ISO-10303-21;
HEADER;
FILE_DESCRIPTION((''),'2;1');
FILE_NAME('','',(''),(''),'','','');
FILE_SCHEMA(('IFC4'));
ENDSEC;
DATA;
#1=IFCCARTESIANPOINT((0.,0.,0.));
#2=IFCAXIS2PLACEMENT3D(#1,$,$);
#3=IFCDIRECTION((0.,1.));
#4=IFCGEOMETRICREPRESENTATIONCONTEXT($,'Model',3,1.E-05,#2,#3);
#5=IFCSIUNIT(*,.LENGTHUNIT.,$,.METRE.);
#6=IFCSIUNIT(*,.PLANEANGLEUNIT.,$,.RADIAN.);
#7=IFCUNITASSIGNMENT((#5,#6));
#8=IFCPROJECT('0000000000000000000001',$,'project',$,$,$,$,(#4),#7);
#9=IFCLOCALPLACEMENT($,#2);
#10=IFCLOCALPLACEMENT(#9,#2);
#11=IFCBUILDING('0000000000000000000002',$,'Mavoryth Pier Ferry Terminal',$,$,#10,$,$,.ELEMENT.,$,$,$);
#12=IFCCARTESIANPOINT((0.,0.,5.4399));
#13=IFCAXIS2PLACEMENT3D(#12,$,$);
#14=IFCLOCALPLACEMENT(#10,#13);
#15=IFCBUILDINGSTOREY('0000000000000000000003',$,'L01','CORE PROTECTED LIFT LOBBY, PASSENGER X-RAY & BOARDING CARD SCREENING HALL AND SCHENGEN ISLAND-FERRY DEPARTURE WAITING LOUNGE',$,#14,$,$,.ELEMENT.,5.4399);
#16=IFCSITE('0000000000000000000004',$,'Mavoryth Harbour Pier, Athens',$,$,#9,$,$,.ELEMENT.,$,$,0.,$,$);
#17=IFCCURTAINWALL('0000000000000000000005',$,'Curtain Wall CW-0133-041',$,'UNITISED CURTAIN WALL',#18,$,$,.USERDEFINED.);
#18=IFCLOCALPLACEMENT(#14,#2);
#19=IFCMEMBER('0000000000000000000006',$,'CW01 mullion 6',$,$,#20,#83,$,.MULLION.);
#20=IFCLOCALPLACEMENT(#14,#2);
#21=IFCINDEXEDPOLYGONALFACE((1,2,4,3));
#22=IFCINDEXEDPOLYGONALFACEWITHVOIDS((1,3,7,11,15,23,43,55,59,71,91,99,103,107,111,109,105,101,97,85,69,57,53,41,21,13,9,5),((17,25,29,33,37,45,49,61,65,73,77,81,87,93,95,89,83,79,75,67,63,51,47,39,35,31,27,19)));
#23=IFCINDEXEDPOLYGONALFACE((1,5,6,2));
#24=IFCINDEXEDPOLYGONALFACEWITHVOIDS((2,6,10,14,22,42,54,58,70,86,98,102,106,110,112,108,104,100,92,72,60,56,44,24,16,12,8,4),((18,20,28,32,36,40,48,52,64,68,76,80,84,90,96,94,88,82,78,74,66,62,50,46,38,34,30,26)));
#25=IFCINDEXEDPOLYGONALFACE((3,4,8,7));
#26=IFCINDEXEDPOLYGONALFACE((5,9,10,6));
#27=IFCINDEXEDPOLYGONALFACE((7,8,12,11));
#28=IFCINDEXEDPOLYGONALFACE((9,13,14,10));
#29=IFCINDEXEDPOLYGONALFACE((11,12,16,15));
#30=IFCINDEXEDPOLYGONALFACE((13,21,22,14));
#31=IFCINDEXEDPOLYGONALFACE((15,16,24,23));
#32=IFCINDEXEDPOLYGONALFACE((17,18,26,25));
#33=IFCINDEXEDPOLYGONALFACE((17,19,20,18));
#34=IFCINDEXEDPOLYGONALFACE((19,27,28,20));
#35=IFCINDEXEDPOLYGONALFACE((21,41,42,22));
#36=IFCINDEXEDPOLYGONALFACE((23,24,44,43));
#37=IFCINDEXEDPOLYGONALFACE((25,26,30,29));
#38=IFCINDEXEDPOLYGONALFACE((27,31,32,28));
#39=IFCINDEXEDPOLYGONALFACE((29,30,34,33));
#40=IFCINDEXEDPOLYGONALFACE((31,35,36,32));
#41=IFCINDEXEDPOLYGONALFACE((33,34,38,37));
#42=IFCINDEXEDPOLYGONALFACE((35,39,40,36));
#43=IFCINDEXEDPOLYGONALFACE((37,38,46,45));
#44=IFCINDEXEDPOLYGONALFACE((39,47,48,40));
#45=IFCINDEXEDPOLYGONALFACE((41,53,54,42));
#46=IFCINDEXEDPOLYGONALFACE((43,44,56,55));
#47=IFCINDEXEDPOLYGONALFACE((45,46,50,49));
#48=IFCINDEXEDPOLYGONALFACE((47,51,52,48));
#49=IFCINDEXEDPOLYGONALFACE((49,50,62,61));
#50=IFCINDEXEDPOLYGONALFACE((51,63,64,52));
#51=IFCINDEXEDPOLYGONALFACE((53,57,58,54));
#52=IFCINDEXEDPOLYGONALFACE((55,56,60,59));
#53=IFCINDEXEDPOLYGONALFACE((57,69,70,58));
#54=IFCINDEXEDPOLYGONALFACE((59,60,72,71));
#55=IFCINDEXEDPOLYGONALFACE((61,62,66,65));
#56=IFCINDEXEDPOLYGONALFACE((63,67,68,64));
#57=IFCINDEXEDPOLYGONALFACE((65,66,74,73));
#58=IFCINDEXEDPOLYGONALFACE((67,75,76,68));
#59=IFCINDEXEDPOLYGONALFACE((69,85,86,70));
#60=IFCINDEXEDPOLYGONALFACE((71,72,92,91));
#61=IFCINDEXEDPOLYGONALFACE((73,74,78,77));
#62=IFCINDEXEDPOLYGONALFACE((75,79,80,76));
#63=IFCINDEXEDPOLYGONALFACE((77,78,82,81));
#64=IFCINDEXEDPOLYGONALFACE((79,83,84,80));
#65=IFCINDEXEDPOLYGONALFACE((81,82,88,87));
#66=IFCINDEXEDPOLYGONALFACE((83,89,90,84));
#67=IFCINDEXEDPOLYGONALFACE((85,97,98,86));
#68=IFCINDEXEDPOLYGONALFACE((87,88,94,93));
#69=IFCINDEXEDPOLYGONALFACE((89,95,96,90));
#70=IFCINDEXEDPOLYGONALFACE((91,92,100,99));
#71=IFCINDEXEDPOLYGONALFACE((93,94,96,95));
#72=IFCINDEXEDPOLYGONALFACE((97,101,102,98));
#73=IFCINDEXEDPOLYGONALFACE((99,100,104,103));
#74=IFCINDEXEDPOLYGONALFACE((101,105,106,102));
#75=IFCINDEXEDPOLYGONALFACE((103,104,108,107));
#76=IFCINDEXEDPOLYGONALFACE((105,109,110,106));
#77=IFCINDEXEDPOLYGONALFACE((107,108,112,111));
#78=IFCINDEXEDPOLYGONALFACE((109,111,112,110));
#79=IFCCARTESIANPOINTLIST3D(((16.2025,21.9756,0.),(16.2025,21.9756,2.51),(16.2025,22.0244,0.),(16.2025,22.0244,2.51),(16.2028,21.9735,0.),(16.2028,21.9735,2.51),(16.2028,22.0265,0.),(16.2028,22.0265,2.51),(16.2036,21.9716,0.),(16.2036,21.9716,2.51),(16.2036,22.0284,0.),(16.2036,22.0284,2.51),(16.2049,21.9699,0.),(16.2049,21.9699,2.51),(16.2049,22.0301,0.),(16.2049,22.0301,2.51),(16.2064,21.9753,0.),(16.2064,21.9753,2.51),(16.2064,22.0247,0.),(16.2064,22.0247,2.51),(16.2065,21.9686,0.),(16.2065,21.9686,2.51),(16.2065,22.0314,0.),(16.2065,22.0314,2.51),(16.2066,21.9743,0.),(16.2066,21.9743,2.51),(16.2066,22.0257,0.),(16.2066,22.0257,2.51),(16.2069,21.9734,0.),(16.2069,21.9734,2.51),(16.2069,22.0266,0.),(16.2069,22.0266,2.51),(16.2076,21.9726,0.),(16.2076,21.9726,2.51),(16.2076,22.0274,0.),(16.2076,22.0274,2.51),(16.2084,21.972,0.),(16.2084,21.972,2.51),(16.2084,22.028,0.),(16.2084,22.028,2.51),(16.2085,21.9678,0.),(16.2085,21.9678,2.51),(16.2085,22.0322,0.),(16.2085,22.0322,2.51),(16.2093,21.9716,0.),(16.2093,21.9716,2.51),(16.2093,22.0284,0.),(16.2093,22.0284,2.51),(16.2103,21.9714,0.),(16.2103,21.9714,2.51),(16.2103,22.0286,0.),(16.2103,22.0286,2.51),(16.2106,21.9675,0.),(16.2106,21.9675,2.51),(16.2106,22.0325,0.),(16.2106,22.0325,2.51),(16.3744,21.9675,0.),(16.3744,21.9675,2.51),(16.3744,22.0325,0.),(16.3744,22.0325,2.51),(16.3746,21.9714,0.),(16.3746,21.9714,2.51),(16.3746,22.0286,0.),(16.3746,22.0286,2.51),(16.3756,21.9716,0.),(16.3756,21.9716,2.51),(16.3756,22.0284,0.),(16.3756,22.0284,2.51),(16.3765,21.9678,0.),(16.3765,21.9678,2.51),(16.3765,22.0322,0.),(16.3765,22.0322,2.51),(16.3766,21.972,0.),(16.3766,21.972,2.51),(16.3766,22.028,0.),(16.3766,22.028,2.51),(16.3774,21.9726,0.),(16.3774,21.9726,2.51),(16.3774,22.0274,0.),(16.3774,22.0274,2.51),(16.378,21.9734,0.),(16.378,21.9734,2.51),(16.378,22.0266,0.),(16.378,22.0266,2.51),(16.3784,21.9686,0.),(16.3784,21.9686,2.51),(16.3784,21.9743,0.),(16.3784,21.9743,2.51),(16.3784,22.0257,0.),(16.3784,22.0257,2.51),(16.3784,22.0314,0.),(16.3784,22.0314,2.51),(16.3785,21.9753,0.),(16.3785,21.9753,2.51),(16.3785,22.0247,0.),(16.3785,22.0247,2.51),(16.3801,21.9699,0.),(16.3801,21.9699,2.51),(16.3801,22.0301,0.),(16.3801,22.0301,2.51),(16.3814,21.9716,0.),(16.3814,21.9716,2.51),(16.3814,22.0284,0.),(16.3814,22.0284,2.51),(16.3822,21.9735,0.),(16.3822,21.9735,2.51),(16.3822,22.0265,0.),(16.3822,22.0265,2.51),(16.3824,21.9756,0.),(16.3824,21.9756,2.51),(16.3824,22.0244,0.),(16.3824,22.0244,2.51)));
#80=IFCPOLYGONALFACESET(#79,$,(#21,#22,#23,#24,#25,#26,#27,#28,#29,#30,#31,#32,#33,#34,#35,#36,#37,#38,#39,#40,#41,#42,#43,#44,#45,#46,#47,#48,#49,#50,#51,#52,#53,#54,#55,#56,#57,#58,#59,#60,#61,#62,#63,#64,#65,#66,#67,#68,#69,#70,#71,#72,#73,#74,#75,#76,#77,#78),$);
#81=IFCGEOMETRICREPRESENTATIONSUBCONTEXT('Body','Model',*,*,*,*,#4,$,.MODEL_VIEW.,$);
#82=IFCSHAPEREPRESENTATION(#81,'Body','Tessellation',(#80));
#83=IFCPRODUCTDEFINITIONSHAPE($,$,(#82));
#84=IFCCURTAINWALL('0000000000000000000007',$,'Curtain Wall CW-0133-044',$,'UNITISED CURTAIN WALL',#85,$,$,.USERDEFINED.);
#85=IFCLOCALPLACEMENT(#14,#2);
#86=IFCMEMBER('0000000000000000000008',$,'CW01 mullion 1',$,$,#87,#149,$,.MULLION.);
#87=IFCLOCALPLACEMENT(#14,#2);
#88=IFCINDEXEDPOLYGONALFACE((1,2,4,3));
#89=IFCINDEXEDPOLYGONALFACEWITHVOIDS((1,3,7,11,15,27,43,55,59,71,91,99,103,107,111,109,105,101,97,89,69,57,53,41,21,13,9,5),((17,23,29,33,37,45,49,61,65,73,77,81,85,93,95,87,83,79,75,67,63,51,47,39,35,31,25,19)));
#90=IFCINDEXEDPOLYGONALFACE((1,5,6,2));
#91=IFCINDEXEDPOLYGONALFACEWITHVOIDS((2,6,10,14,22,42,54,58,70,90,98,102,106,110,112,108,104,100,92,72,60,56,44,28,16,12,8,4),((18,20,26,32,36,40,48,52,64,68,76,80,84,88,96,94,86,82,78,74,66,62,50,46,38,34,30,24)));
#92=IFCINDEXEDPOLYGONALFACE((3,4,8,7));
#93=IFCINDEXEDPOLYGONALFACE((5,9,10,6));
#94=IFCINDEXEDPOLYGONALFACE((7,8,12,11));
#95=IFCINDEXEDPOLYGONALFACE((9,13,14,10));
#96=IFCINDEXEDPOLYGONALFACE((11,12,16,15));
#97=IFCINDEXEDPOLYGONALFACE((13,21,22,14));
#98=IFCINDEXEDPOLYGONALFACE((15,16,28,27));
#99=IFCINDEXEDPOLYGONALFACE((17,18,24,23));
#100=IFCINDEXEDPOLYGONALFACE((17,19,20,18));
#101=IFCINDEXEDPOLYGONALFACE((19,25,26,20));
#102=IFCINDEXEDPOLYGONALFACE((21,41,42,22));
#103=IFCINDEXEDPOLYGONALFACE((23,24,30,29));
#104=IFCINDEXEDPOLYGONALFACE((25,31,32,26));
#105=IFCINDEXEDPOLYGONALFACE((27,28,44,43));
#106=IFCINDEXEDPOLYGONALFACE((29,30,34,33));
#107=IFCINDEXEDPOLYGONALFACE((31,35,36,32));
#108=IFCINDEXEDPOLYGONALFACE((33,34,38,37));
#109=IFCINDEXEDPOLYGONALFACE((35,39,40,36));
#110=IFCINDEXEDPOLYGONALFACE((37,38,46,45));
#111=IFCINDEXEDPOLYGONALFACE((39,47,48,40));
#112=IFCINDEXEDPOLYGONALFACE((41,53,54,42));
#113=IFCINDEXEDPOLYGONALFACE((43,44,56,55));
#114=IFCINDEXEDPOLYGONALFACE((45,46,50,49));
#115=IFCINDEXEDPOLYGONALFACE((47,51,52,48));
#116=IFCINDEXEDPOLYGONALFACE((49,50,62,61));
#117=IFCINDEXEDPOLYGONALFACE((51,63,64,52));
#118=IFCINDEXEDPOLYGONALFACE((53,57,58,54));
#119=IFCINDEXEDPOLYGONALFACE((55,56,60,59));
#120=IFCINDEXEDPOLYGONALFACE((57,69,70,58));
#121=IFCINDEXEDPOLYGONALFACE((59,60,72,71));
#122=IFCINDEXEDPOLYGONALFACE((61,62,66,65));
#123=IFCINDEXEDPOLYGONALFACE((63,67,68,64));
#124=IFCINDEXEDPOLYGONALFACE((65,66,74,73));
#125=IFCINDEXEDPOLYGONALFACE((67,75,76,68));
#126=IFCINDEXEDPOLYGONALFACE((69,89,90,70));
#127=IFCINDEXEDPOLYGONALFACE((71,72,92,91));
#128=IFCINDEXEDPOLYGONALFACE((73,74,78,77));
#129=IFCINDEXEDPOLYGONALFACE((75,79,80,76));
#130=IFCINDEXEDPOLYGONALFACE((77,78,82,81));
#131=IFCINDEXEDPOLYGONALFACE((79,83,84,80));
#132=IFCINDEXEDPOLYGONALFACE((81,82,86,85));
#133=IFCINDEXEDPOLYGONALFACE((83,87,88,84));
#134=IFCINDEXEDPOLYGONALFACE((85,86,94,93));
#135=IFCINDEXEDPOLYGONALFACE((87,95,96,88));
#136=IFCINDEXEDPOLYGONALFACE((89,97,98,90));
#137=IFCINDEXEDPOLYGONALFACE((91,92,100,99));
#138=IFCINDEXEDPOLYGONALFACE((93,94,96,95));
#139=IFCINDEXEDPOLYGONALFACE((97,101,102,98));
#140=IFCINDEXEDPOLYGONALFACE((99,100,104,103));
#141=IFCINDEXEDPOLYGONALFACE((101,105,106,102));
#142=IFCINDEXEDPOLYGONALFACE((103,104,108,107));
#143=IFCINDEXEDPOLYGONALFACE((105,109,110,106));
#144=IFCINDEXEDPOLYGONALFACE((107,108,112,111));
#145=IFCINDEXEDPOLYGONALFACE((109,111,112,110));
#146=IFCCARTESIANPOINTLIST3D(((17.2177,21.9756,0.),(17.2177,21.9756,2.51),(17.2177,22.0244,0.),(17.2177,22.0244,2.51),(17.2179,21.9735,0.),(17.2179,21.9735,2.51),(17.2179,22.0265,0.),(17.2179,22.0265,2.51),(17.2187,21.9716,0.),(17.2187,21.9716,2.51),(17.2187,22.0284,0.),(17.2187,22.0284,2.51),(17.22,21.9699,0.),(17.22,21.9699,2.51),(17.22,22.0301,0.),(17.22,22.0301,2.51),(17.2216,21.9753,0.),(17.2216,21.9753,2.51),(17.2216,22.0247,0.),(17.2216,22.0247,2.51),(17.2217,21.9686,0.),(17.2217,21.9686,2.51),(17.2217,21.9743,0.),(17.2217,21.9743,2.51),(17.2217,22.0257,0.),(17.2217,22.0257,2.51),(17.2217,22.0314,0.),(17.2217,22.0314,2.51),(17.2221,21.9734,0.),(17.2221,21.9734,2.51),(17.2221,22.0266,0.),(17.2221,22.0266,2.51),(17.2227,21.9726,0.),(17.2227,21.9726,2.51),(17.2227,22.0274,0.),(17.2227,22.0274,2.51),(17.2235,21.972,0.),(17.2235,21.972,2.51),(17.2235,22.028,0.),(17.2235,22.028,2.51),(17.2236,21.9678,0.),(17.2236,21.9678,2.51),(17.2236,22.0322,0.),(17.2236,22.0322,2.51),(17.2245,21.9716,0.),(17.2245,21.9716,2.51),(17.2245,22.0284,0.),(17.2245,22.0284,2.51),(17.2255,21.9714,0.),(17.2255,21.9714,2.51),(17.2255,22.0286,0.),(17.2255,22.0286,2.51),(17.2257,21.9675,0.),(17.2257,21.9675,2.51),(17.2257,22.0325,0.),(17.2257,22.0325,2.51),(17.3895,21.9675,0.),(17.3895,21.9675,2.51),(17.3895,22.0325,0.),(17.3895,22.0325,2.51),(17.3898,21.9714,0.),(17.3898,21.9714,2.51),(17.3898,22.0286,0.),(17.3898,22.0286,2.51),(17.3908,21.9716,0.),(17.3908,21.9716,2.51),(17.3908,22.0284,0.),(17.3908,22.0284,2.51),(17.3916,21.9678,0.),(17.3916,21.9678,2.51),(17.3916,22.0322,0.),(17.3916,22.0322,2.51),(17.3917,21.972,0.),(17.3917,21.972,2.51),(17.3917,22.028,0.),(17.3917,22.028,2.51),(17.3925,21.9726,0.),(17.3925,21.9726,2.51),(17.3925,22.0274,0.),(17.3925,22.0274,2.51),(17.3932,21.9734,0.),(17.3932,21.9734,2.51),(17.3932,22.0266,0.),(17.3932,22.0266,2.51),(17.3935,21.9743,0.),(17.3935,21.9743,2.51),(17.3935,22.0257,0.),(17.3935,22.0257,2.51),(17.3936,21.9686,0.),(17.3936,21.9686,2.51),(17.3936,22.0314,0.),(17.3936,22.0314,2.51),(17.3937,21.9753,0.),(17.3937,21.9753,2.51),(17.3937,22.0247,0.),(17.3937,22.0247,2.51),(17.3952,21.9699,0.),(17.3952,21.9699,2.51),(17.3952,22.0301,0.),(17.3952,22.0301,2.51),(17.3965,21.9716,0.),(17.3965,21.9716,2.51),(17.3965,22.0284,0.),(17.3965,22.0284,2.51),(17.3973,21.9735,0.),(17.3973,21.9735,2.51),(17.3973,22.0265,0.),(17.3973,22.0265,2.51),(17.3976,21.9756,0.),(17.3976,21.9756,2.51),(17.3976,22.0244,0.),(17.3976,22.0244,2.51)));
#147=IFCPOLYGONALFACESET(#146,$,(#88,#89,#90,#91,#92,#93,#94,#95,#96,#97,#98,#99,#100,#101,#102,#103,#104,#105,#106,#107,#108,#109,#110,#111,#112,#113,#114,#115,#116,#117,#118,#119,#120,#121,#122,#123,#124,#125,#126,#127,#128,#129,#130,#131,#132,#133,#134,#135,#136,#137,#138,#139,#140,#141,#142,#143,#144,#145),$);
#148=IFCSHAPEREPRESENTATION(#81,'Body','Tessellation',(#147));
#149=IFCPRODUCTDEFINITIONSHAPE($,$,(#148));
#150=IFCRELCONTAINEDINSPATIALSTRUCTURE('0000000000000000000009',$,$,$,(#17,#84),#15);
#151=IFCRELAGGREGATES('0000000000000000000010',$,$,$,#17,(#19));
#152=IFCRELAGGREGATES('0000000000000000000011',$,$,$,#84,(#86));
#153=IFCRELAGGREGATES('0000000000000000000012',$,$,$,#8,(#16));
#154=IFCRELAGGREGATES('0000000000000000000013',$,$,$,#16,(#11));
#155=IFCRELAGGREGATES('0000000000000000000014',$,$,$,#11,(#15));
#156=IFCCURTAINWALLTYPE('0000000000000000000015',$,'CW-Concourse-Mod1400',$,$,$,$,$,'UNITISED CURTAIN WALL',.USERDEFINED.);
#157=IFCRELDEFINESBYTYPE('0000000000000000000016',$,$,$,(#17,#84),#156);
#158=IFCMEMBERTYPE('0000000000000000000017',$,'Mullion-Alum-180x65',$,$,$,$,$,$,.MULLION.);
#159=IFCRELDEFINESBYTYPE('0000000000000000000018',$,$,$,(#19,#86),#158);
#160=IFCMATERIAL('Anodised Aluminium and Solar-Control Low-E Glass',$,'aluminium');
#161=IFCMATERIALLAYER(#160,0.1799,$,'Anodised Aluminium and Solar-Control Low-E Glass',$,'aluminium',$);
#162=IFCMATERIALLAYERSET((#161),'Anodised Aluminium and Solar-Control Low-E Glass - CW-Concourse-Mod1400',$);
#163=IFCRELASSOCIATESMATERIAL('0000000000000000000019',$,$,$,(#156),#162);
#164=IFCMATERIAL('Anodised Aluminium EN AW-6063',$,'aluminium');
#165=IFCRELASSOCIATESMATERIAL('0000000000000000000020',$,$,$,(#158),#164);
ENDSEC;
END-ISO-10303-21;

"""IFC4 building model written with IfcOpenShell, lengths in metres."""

from ifc_helpers import new_model, si_unit, direction, frame, origin, origin_2d, place, context, subcontext, project, spatial, hollow_rectangle, extrude, material, layer, layer_set, material_profile, profile_set, type_object, element, aggregate, save


model = new_model("IFC4")

# Units and contexts
model_context = context("Model", 3, precision=1e-05, world=origin(), true_north=direction((0.0, 1.0)))
body_context = subcontext(model_context, "Body", "Model", "MODEL_VIEW")
ifc_project = project(units=[si_unit("LENGTHUNIT", "METRE"), si_unit("PLANEANGLEUNIT", "RADIAN")], contexts=[model_context])

# Site, building, storey
site_placement = place(None, origin())
site = spatial("IfcSite", under=ifc_project, at=site_placement, Name="Mavoryth Harbour Pier, Athens", CompositionType="ELEMENT", RefElevation=0.0)
building_placement = place(site_placement, origin())
building = spatial("IfcBuilding", under=site, at=building_placement, Name="Mavoryth Pier Ferry Terminal", CompositionType="ELEMENT")
storey_placement = place(building_placement, frame((0.0, 0.0, 5.4399)))
storey = spatial("IfcBuildingStorey", under=building, at=storey_placement, Name="L01", Description="CORE PROTECTED LIFT LOBBY, PASSENGER X-RAY & BOARDING CARD SCREENING HALL AND SCHENGEN ISLAND-FERRY DEPARTURE WAITING LOUNGE", CompositionType="ELEMENT", Elevation=5.4399)

# Curtain walls, members
ifc_material_1 = material(Name="Anodised Aluminium and Solar-Control Low-E Glass", Category="aluminium")
ifc_layer_1 = layer(ifc_material_1, 0.1799, Name="Anodised Aluminium and Solar-Control Low-E Glass", Category="aluminium")
ifc_layer_set_1 = layer_set([ifc_layer_1], Name="Anodised Aluminium and Solar-Control Low-E Glass - CW-Concourse-Mod1400")
curtain_wall_type = type_object("IfcCurtainWallType", Name="CW-Concourse-Mod1400", ElementType="UNITISED CURTAIN WALL", PredefinedType="USERDEFINED", material=ifc_layer_set_1)
curtain_wall_1_placement = place(storey_placement, origin())
curtain_wall_1 = element("IfcCurtainWall", 1, at=curtain_wall_1_placement, inside=storey, type_object=curtain_wall_type, Name="Curtain Wall CW-0133-041", ObjectType="UNITISED CURTAIN WALL", PredefinedType="USERDEFINED")
ifc_material_2 = material(Name="Anodised Aluminium EN AW-6063", Category="aluminium")
ifc_material_profile_1 = material_profile(ifc_material_2, hollow_rectangle(XDim=0.0649, YDim=0.1799, WallThickness=0.0039, InnerFilletRadius=0.0039, OuterFilletRadius=0.0081, at=origin_2d()), Name="AL-MULL 180x65x4", Category="aluminium")
ifc_profile_set_1 = profile_set([ifc_material_profile_1], Name="Anodised Aluminium EN AW-6063 - AL-MULL 180x65x4")
member_type_1 = type_object("IfcMemberType", Name="Mullion-Alum-180x65", PredefinedType="MULLION", material=ifc_profile_set_1)
member_1_placement = place(storey_placement, frame((16.2925, 22.0, 0.0), z_axis=(0.0, 0.0, 1.0), x_axis=(0.0, 1.0, 0.0)))
member_1 = element("IfcMember", 2, at=member_1_placement, type_object=member_type_1, Name="CW01 mullion 6", PredefinedType="MULLION", context=body_context, shape_type="SweptSolid", body=[
    extrude(hollow_rectangle(XDim=0.0649, YDim=0.1799, WallThickness=0.0039, InnerFilletRadius=0.0039, OuterFilletRadius=0.0081, at=origin_2d()), origin(), (0.0, 0.0, 1.0), 2.51),
])
curtain_wall_2_placement = place(storey_placement, origin())
curtain_wall_2 = element("IfcCurtainWall", 3, at=curtain_wall_2_placement, inside=storey, type_object=curtain_wall_type, Name="Curtain Wall CW-0133-044", ObjectType="UNITISED CURTAIN WALL", PredefinedType="USERDEFINED")
member_2_placement = place(storey_placement, frame((17.3076, 22.0, 0.0), z_axis=(0.0, 0.0, 1.0), x_axis=(0.0, 1.0, 0.0)))
member_2 = element("IfcMember", 4, at=member_2_placement, type_object=member_type_1, Name="CW01 mullion 1", PredefinedType="MULLION", context=body_context, shape_type="SweptSolid", body=[
    extrude(hollow_rectangle(XDim=0.0649, YDim=0.1799, WallThickness=0.0039, InnerFilletRadius=0.0039, OuterFilletRadius=0.0081, at=origin_2d()), origin(), (0.0, 0.0, 1.0), 2.51),
])

aggregate(curtain_wall_1, [member_1])
aggregate(curtain_wall_2, [member_2])

save(model, "model.ifc")
